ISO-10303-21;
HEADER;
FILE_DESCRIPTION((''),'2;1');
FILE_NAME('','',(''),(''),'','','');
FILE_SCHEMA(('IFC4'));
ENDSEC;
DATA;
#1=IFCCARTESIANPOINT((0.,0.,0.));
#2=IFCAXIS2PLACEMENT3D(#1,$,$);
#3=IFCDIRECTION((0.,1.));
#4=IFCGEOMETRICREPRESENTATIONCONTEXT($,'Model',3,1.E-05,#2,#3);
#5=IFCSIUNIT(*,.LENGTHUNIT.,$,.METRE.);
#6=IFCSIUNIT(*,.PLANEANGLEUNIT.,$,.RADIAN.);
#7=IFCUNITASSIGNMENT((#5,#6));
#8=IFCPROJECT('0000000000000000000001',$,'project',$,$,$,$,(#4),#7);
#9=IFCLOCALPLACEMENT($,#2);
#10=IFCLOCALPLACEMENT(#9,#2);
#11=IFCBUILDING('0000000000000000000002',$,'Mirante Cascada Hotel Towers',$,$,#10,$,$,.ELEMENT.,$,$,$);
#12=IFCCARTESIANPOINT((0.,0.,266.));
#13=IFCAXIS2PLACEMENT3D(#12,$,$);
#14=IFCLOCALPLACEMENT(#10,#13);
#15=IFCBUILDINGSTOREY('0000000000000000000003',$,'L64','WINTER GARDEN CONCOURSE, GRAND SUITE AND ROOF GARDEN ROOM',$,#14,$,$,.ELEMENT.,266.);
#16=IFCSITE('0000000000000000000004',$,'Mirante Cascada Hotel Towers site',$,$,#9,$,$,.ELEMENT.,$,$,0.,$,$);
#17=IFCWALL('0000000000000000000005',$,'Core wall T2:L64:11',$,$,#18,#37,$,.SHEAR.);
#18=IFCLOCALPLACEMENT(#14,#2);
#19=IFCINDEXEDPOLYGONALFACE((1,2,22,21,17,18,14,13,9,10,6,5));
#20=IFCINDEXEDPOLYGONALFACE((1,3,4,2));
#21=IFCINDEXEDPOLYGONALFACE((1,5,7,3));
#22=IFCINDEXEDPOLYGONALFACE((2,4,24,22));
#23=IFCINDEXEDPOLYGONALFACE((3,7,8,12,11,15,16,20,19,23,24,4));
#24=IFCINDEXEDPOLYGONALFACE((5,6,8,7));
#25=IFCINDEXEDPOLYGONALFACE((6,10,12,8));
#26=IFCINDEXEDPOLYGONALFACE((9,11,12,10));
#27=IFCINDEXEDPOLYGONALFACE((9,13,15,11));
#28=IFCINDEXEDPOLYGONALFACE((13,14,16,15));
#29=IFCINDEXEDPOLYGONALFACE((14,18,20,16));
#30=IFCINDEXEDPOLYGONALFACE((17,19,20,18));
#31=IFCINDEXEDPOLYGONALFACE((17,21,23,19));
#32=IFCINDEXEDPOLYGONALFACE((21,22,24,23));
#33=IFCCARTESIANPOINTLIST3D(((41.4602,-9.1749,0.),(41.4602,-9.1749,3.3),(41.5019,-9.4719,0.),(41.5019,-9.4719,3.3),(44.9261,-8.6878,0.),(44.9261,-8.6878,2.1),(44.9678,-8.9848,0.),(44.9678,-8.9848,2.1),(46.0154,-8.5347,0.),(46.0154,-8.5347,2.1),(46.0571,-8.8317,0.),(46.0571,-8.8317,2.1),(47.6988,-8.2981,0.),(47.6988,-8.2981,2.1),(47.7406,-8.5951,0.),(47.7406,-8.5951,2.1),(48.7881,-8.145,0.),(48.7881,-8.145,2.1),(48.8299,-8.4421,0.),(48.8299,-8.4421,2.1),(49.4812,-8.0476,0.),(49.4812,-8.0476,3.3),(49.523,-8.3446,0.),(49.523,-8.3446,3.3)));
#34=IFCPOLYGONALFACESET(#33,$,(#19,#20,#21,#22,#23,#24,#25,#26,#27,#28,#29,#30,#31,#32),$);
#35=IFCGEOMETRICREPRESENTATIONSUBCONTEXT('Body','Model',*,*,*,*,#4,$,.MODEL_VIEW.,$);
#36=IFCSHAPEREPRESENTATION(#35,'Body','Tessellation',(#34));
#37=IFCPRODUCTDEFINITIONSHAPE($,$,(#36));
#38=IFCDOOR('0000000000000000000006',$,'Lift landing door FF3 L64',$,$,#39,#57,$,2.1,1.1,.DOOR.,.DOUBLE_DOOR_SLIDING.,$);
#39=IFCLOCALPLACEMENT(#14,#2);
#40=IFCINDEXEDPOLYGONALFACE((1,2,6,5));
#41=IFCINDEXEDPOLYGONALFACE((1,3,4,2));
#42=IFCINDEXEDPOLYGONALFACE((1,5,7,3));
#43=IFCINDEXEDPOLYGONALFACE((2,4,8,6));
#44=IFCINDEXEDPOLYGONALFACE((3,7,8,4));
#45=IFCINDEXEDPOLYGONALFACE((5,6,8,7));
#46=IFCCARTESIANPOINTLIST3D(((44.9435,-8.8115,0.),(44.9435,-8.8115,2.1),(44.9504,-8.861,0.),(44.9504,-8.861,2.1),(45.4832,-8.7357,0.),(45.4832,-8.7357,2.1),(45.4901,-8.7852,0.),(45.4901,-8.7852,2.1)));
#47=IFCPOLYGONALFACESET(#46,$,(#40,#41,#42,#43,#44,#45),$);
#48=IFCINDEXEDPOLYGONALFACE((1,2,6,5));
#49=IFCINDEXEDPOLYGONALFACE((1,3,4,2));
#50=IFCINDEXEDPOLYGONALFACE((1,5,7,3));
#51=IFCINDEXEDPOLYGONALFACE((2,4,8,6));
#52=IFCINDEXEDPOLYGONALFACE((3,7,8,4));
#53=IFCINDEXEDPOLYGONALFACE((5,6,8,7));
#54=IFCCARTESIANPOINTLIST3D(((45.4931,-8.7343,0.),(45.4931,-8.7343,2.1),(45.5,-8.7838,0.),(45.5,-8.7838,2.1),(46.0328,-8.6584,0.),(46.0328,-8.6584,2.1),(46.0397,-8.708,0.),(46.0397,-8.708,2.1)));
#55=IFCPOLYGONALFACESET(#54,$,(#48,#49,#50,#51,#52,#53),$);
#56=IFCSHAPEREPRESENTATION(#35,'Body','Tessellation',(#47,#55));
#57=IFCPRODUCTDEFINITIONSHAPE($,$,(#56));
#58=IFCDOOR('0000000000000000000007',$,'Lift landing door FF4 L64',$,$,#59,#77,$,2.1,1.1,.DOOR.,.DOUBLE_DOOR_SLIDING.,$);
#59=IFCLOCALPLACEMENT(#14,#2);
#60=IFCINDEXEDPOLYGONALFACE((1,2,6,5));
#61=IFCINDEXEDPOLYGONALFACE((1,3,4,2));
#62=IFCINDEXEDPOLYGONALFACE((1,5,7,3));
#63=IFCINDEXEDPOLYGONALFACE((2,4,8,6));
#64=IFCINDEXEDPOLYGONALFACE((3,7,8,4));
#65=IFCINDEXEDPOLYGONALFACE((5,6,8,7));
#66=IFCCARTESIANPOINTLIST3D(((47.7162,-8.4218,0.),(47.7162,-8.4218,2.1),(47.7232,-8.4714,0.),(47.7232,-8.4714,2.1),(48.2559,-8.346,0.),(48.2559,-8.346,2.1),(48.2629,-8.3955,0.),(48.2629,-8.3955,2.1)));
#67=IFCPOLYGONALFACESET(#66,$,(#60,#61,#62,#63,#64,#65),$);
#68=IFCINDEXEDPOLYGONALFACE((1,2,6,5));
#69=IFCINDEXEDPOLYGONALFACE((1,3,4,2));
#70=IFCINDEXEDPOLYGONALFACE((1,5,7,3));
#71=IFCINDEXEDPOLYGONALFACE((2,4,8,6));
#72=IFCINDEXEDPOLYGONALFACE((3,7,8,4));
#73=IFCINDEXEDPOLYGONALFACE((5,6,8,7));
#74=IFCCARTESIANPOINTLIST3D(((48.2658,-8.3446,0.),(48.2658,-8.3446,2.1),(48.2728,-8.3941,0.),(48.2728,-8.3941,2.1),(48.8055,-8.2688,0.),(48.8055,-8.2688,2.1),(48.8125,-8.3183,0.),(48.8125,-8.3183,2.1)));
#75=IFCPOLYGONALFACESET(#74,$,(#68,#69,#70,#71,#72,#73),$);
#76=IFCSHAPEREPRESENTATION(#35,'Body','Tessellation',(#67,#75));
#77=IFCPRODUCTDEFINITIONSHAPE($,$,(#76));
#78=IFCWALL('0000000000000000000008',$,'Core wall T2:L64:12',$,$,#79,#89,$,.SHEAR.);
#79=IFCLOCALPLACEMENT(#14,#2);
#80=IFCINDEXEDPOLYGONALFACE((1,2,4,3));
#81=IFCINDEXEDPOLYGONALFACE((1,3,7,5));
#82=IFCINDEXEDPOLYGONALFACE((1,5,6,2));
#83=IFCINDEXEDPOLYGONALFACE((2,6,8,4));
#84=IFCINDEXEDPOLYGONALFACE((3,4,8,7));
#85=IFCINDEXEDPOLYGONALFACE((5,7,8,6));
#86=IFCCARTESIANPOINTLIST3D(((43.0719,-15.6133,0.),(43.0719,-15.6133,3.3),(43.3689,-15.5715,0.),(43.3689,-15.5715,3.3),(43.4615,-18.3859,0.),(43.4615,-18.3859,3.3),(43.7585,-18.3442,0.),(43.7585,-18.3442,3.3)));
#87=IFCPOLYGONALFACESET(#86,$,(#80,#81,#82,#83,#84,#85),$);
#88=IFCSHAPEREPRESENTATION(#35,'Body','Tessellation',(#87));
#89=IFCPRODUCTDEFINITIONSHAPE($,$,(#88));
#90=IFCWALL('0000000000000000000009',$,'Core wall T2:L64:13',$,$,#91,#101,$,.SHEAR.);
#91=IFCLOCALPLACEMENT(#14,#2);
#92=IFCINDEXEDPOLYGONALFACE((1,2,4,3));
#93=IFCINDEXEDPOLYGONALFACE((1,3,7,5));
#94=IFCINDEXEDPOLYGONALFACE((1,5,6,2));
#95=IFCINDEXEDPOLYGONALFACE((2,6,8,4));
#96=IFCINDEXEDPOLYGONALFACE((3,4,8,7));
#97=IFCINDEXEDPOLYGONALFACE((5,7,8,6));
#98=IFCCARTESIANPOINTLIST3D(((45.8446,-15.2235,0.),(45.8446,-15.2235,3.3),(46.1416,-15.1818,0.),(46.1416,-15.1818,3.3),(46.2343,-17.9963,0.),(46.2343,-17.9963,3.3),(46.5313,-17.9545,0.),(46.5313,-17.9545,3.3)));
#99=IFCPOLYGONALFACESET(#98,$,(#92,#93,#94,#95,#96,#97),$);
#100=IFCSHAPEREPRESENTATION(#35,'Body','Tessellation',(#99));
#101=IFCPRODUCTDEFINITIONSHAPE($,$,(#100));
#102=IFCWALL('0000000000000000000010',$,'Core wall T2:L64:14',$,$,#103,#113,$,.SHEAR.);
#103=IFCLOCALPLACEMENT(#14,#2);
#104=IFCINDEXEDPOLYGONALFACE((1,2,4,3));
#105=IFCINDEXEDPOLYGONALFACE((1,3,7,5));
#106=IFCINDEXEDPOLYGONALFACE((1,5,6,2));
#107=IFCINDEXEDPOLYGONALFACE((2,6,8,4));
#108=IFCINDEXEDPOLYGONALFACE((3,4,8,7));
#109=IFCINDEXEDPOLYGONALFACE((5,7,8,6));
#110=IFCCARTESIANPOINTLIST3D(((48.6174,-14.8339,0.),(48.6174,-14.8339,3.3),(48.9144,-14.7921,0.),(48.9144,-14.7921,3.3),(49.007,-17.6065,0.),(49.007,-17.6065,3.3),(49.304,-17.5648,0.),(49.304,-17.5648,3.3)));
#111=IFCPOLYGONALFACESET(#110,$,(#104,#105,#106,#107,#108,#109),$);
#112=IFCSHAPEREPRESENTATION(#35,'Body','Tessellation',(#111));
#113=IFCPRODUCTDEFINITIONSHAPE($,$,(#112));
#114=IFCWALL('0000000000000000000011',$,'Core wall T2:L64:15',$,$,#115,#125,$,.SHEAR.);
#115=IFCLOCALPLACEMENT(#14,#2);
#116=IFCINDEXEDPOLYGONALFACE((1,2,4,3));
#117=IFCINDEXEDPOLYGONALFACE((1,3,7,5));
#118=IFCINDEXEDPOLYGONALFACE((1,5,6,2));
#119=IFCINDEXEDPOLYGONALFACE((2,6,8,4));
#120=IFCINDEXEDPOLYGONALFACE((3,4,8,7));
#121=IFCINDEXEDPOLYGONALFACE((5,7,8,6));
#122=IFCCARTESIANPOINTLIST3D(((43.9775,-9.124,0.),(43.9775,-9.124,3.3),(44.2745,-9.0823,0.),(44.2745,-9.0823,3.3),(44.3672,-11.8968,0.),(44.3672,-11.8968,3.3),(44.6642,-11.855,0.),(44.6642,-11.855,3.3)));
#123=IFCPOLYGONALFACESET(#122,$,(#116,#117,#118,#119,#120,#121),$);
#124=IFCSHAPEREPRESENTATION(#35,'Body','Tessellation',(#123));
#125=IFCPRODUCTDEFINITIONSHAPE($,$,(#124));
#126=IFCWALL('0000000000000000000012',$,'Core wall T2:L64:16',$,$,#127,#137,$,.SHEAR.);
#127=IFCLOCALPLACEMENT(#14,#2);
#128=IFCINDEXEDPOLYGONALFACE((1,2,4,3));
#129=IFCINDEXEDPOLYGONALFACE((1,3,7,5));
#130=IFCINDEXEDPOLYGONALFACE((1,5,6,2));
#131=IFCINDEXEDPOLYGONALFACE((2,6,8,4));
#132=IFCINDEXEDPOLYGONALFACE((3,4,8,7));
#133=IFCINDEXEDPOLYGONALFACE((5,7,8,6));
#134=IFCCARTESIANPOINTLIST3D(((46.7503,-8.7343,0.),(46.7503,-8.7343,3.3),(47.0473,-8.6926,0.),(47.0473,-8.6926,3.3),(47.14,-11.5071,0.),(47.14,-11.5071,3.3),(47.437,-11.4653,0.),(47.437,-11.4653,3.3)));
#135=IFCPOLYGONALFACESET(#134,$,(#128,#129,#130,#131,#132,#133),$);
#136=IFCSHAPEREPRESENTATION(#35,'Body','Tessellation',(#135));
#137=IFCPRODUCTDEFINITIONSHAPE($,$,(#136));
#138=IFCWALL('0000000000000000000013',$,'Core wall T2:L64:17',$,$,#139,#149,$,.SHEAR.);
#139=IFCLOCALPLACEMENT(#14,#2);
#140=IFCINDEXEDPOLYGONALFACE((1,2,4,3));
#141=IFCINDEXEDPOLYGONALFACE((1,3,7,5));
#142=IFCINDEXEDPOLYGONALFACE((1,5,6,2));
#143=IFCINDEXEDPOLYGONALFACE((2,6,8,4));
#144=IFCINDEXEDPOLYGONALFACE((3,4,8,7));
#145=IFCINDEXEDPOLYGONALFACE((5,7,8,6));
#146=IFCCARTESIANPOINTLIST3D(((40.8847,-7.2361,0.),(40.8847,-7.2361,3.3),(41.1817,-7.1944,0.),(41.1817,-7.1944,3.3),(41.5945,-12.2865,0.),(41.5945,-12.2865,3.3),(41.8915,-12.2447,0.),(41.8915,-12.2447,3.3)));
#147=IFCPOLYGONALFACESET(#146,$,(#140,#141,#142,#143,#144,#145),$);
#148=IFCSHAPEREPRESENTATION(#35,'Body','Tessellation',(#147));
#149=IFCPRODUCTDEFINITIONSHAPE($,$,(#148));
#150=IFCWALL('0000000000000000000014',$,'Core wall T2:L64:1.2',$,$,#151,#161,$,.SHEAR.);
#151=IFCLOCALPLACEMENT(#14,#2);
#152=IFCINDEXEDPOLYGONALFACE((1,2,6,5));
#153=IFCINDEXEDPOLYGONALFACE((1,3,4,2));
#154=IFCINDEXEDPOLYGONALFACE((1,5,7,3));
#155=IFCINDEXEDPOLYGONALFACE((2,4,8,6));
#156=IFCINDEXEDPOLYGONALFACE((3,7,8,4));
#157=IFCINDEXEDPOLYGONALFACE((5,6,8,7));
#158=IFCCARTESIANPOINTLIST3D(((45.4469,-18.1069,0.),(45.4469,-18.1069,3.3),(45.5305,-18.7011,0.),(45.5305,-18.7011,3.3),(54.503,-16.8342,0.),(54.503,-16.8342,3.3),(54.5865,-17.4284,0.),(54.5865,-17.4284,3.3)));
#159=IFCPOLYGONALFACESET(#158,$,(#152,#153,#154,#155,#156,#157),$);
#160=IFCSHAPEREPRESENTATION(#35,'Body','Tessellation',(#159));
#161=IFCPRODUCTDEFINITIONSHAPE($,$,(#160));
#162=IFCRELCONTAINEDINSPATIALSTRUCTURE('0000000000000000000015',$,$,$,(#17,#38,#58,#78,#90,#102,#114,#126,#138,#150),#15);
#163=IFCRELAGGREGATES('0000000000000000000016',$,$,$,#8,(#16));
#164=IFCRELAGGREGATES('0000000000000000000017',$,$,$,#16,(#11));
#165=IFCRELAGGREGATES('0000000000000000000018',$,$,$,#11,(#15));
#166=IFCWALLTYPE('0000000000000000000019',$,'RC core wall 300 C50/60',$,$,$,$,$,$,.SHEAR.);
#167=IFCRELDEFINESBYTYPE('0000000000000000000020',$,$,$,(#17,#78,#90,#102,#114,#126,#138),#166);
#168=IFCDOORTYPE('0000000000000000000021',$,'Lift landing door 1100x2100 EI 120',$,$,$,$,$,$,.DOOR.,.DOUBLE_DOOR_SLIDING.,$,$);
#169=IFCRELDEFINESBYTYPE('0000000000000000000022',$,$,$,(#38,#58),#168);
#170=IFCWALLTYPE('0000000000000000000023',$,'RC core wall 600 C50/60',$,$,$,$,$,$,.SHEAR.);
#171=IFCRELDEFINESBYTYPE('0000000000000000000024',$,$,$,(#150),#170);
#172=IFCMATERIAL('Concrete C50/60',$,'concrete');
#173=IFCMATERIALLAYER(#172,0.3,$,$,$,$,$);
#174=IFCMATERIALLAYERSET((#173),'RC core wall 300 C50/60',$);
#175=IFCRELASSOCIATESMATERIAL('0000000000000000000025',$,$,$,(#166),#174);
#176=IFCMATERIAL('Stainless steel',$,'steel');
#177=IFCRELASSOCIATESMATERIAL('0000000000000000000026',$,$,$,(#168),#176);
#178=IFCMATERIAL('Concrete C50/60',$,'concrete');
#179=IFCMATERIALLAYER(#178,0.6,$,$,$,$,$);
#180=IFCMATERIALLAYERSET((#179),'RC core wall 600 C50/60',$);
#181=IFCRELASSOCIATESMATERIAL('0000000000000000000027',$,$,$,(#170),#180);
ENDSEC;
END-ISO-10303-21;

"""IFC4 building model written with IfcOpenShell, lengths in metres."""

from ifc_helpers import new_model, si_unit, direction, frame, frame_2d, origin, place, context, subcontext, project, spatial, rectangle, extrude, material, layer, layer_set, type_object, element, fill, save


model = new_model("IFC4")

# Units and contexts
model_context = context("Model", 3, precision=1e-05, world=origin(), true_north=direction((0.0, 1.0)))
body_context = subcontext(model_context, "Body", "Model", "MODEL_VIEW")
ifc_project = project(units=[si_unit("LENGTHUNIT", "METRE"), si_unit("PLANEANGLEUNIT", "RADIAN")], contexts=[model_context])

# Site, building, storey
site_placement = place(None, origin())
site = spatial("IfcSite", under=ifc_project, at=site_placement, Name="Mirante Cascada Hotel Towers site", CompositionType="ELEMENT", RefElevation=0.0)
building_placement = place(site_placement, origin())
building = spatial("IfcBuilding", under=site, at=building_placement, Name="Mirante Cascada Hotel Towers", CompositionType="ELEMENT")
storey_placement = place(building_placement, frame((0.0, 0.0, 266.0)))
storey = spatial("IfcBuildingStorey", under=building, at=storey_placement, Name="L64", Description="WINTER GARDEN CONCOURSE, GRAND SUITE AND ROOF GARDEN ROOM", CompositionType="ELEMENT", Elevation=266.0)

# Shared definitions
ifc_material_1 = material(Name="Concrete C50/60", Category="concrete")
ifc_layer_1 = layer(ifc_material_1, 0.3)
ifc_layer_set_1 = layer_set([ifc_layer_1], Name="RC core wall 300 C50/60")
wall_type_1 = type_object("IfcWallType", Name="RC core wall 300 C50/60", PredefinedType="SHEAR", material=ifc_layer_set_1)
ifc_material_2 = material(Name="Stainless steel", Category="steel")
door_type_1 = type_object("IfcDoorType", Name="Lift landing door 1100x2100 EI 120", OperationType="DOUBLE_DOOR_SLIDING", PredefinedType="DOOR", material=ifc_material_2)

# Wall, openings, doors
wall_1_placement = place(storey_placement, frame((41.481, -9.3234, 0.0), z_axis=(0.0, 0.0, 1.0), x_axis=(0.990268, 0.139174, 0.0)))
wall_1 = element("IfcWall", 1, at=wall_1_placement, inside=storey, type_object=wall_type_1, Name="Core wall T2:L64:11", PredefinedType="SHEAR", context=body_context, shape_type="SweptSolid", body=[
    extrude(rectangle(XDim=8.0999, YDim=0.3, at=frame_2d((4.05, 0.0))), origin(), (0.0, 0.0, 1.0), 3.3),
])
opening_1_placement = place(wall_1_placement, frame((3.5, 0.0, 0.0)))
opening_1 = element("IfcOpeningElement", 2, at=opening_1_placement, cuts=wall_1, PredefinedType="OPENING", context=body_context, shape_type="SweptSolid", body=[
    extrude(rectangle(XDim=1.1, YDim=2.1, at=frame_2d((0.55, 1.05))), frame((0.0, 0.15, 0.0), z_axis=(0.0, -1.0, 0.0), x_axis=(1.0, 0.0, 0.0)), (0.0, 0.0, 1.0), 0.3),
])
opening_2_placement = place(wall_1_placement, frame((6.3, 0.0, 0.0)))
opening_2 = element("IfcOpeningElement", 3, at=opening_2_placement, cuts=wall_1, PredefinedType="OPENING", context=body_context, shape_type="SweptSolid", body=[
    extrude(rectangle(XDim=1.1, YDim=2.1, at=frame_2d((0.55, 1.05))), frame((0.0, 0.15, 0.0), z_axis=(0.0, -1.0, 0.0), x_axis=(1.0, 0.0, 0.0)), (0.0, 0.0, 1.0), 0.3),
])
door_1_placement = place(opening_1_placement, origin())
door_1 = element("IfcDoor", 4, at=door_1_placement, inside=storey, type_object=door_type_1, Name="Lift landing door FF3 L64", OperationType="DOUBLE_DOOR_SLIDING", OverallHeight=2.1, OverallWidth=1.1, PredefinedType="DOOR", context=body_context, shape_type="SweptSolid", body=[
    extrude(rectangle(XDim=0.545, YDim=2.1, at=frame_2d((0.2725, 1.05))), frame((0.0, 0.025, 0.0), z_axis=(0.0, -1.0, 0.0), x_axis=(1.0, 0.0, 0.0)), (0.0, 0.0, 1.0), 0.05),
    extrude(rectangle(XDim=0.545, YDim=2.1, at=frame_2d((0.8275, 1.05))), frame((0.0, 0.025, 0.0), z_axis=(0.0, -1.0, 0.0), x_axis=(1.0, 0.0, 0.0)), (0.0, 0.0, 1.0), 0.05),
])
fill(opening_1, door_1)
door_2_placement = place(opening_2_placement, origin())
door_2 = element("IfcDoor", 5, at=door_2_placement, inside=storey, type_object=door_type_1, Name="Lift landing door FF4 L64", OperationType="DOUBLE_DOOR_SLIDING", OverallHeight=2.1, OverallWidth=1.1, PredefinedType="DOOR", context=body_context, shape_type="SweptSolid", body=[
    extrude(rectangle(XDim=0.545, YDim=2.1, at=frame_2d((0.2725, 1.05))), frame((0.0, 0.025, 0.0), z_axis=(0.0, -1.0, 0.0), x_axis=(1.0, 0.0, 0.0)), (0.0, 0.0, 1.0), 0.05),
    extrude(rectangle(XDim=0.545, YDim=2.1, at=frame_2d((0.8275, 1.05))), frame((0.0, 0.025, 0.0), z_axis=(0.0, -1.0, 0.0), x_axis=(1.0, 0.0, 0.0)), (0.0, 0.0, 1.0), 0.05),
])
fill(opening_2, door_2)

# Walls
wall_2_placement = place(storey_placement, frame((43.61, -18.3651, 0.0), z_axis=(0.0, 0.0, 1.0), x_axis=(-0.139146, 0.990272, 0.0)))
element("IfcWall", 6, at=wall_2_placement, inside=storey, type_object=wall_type_1, Name="Core wall T2:L64:12", PredefinedType="SHEAR", context=body_context, shape_type="SweptSolid", body=[
    extrude(rectangle(XDim=2.7999, YDim=0.3, at=frame_2d((1.4, 0.0))), origin(), (0.0, 0.0, 1.0), 3.3),
])
wall_3_placement = place(storey_placement, frame((46.3828, -17.9754, 0.0), z_axis=(0.0, 0.0, 1.0), x_axis=(-0.139181, 0.990267, 0.0)))
element("IfcWall", 7, at=wall_3_placement, inside=storey, type_object=wall_type_1, Name="Core wall T2:L64:13", PredefinedType="SHEAR", context=body_context, shape_type="SweptSolid", body=[
    extrude(rectangle(XDim=2.8, YDim=0.3, at=frame_2d((1.4, 0.0))), origin(), (0.0, 0.0, 1.0), 3.3),
])
wall_4_placement = place(storey_placement, frame((49.1555, -17.5857, 0.0), z_axis=(0.0, 0.0, 1.0), x_axis=(-0.139146, 0.990272, 0.0)))
element("IfcWall", 8, at=wall_4_placement, inside=storey, type_object=wall_type_1, Name="Core wall T2:L64:14", PredefinedType="SHEAR", context=body_context, shape_type="SweptSolid", body=[
    extrude(rectangle(XDim=2.7999, YDim=0.3, at=frame_2d((1.4, 0.0))), origin(), (0.0, 0.0, 1.0), 3.3),
])
for number, where, z_axis, x_axis, name in (
    (9, (44.5157, -11.8759, 0.0), (0.0, 0.0, 1.0), (-0.139181, 0.990267, 0.0), "Core wall T2:L64:15"),
    (10, (47.2885, -11.4862, 0.0), (0.0, 0.0, 1.0), (-0.139181, 0.990267, 0.0), "Core wall T2:L64:16"),
):
    element("IfcWall", number, at=place(storey_placement, frame(where, z_axis=z_axis, x_axis=x_axis)), inside=storey, type_object=wall_type_1, Name=name, PredefinedType="SHEAR", context=body_context, shape_type="SweptSolid", body=[
        extrude(rectangle(XDim=2.8, YDim=0.3, at=frame_2d((1.4, 0.0))), origin(), (0.0, 0.0, 1.0), 3.3),
    ])
wall_5_placement = place(storey_placement, frame((41.743, -12.2656, 0.0), z_axis=(0.0, 0.0, 1.0), x_axis=(-0.139176, 0.990268, 0.0)))
element("IfcWall", 11, at=wall_5_placement, inside=storey, type_object=wall_type_1, Name="Core wall T2:L64:17", PredefinedType="SHEAR", context=body_context, shape_type="SweptSolid", body=[
    extrude(rectangle(XDim=5.1, YDim=0.3, at=frame_2d((2.55, 0.0))), origin(), (0.0, 0.0, 1.0), 3.3),
])
ifc_material_3 = material(Name="Concrete C50/60", Category="concrete")
ifc_layer_2 = layer(ifc_material_3, 0.6)
ifc_layer_set_2 = layer_set([ifc_layer_2], Name="RC core wall 600 C50/60")
wall_type_2 = type_object("IfcWallType", Name="RC core wall 600 C50/60", PredefinedType="SHEAR", material=ifc_layer_set_2)
wall_6_placement = place(storey_placement, frame((45.4887, -18.404, 0.0), z_axis=(0.0, 0.0, 1.0), x_axis=(0.990269, 0.139169, 0.0)))
element("IfcWall", 12, at=wall_6_placement, inside=storey, type_object=wall_type_2, Name="Core wall T2:L64:1.2", PredefinedType="SHEAR", context=body_context, shape_type="SweptSolid", body=[
    extrude(rectangle(XDim=9.145, YDim=0.6, at=frame_2d((4.5725, 0.0))), origin(), (0.0, 0.0, 1.0), 3.3),
])

save(model, "model.ifc")
